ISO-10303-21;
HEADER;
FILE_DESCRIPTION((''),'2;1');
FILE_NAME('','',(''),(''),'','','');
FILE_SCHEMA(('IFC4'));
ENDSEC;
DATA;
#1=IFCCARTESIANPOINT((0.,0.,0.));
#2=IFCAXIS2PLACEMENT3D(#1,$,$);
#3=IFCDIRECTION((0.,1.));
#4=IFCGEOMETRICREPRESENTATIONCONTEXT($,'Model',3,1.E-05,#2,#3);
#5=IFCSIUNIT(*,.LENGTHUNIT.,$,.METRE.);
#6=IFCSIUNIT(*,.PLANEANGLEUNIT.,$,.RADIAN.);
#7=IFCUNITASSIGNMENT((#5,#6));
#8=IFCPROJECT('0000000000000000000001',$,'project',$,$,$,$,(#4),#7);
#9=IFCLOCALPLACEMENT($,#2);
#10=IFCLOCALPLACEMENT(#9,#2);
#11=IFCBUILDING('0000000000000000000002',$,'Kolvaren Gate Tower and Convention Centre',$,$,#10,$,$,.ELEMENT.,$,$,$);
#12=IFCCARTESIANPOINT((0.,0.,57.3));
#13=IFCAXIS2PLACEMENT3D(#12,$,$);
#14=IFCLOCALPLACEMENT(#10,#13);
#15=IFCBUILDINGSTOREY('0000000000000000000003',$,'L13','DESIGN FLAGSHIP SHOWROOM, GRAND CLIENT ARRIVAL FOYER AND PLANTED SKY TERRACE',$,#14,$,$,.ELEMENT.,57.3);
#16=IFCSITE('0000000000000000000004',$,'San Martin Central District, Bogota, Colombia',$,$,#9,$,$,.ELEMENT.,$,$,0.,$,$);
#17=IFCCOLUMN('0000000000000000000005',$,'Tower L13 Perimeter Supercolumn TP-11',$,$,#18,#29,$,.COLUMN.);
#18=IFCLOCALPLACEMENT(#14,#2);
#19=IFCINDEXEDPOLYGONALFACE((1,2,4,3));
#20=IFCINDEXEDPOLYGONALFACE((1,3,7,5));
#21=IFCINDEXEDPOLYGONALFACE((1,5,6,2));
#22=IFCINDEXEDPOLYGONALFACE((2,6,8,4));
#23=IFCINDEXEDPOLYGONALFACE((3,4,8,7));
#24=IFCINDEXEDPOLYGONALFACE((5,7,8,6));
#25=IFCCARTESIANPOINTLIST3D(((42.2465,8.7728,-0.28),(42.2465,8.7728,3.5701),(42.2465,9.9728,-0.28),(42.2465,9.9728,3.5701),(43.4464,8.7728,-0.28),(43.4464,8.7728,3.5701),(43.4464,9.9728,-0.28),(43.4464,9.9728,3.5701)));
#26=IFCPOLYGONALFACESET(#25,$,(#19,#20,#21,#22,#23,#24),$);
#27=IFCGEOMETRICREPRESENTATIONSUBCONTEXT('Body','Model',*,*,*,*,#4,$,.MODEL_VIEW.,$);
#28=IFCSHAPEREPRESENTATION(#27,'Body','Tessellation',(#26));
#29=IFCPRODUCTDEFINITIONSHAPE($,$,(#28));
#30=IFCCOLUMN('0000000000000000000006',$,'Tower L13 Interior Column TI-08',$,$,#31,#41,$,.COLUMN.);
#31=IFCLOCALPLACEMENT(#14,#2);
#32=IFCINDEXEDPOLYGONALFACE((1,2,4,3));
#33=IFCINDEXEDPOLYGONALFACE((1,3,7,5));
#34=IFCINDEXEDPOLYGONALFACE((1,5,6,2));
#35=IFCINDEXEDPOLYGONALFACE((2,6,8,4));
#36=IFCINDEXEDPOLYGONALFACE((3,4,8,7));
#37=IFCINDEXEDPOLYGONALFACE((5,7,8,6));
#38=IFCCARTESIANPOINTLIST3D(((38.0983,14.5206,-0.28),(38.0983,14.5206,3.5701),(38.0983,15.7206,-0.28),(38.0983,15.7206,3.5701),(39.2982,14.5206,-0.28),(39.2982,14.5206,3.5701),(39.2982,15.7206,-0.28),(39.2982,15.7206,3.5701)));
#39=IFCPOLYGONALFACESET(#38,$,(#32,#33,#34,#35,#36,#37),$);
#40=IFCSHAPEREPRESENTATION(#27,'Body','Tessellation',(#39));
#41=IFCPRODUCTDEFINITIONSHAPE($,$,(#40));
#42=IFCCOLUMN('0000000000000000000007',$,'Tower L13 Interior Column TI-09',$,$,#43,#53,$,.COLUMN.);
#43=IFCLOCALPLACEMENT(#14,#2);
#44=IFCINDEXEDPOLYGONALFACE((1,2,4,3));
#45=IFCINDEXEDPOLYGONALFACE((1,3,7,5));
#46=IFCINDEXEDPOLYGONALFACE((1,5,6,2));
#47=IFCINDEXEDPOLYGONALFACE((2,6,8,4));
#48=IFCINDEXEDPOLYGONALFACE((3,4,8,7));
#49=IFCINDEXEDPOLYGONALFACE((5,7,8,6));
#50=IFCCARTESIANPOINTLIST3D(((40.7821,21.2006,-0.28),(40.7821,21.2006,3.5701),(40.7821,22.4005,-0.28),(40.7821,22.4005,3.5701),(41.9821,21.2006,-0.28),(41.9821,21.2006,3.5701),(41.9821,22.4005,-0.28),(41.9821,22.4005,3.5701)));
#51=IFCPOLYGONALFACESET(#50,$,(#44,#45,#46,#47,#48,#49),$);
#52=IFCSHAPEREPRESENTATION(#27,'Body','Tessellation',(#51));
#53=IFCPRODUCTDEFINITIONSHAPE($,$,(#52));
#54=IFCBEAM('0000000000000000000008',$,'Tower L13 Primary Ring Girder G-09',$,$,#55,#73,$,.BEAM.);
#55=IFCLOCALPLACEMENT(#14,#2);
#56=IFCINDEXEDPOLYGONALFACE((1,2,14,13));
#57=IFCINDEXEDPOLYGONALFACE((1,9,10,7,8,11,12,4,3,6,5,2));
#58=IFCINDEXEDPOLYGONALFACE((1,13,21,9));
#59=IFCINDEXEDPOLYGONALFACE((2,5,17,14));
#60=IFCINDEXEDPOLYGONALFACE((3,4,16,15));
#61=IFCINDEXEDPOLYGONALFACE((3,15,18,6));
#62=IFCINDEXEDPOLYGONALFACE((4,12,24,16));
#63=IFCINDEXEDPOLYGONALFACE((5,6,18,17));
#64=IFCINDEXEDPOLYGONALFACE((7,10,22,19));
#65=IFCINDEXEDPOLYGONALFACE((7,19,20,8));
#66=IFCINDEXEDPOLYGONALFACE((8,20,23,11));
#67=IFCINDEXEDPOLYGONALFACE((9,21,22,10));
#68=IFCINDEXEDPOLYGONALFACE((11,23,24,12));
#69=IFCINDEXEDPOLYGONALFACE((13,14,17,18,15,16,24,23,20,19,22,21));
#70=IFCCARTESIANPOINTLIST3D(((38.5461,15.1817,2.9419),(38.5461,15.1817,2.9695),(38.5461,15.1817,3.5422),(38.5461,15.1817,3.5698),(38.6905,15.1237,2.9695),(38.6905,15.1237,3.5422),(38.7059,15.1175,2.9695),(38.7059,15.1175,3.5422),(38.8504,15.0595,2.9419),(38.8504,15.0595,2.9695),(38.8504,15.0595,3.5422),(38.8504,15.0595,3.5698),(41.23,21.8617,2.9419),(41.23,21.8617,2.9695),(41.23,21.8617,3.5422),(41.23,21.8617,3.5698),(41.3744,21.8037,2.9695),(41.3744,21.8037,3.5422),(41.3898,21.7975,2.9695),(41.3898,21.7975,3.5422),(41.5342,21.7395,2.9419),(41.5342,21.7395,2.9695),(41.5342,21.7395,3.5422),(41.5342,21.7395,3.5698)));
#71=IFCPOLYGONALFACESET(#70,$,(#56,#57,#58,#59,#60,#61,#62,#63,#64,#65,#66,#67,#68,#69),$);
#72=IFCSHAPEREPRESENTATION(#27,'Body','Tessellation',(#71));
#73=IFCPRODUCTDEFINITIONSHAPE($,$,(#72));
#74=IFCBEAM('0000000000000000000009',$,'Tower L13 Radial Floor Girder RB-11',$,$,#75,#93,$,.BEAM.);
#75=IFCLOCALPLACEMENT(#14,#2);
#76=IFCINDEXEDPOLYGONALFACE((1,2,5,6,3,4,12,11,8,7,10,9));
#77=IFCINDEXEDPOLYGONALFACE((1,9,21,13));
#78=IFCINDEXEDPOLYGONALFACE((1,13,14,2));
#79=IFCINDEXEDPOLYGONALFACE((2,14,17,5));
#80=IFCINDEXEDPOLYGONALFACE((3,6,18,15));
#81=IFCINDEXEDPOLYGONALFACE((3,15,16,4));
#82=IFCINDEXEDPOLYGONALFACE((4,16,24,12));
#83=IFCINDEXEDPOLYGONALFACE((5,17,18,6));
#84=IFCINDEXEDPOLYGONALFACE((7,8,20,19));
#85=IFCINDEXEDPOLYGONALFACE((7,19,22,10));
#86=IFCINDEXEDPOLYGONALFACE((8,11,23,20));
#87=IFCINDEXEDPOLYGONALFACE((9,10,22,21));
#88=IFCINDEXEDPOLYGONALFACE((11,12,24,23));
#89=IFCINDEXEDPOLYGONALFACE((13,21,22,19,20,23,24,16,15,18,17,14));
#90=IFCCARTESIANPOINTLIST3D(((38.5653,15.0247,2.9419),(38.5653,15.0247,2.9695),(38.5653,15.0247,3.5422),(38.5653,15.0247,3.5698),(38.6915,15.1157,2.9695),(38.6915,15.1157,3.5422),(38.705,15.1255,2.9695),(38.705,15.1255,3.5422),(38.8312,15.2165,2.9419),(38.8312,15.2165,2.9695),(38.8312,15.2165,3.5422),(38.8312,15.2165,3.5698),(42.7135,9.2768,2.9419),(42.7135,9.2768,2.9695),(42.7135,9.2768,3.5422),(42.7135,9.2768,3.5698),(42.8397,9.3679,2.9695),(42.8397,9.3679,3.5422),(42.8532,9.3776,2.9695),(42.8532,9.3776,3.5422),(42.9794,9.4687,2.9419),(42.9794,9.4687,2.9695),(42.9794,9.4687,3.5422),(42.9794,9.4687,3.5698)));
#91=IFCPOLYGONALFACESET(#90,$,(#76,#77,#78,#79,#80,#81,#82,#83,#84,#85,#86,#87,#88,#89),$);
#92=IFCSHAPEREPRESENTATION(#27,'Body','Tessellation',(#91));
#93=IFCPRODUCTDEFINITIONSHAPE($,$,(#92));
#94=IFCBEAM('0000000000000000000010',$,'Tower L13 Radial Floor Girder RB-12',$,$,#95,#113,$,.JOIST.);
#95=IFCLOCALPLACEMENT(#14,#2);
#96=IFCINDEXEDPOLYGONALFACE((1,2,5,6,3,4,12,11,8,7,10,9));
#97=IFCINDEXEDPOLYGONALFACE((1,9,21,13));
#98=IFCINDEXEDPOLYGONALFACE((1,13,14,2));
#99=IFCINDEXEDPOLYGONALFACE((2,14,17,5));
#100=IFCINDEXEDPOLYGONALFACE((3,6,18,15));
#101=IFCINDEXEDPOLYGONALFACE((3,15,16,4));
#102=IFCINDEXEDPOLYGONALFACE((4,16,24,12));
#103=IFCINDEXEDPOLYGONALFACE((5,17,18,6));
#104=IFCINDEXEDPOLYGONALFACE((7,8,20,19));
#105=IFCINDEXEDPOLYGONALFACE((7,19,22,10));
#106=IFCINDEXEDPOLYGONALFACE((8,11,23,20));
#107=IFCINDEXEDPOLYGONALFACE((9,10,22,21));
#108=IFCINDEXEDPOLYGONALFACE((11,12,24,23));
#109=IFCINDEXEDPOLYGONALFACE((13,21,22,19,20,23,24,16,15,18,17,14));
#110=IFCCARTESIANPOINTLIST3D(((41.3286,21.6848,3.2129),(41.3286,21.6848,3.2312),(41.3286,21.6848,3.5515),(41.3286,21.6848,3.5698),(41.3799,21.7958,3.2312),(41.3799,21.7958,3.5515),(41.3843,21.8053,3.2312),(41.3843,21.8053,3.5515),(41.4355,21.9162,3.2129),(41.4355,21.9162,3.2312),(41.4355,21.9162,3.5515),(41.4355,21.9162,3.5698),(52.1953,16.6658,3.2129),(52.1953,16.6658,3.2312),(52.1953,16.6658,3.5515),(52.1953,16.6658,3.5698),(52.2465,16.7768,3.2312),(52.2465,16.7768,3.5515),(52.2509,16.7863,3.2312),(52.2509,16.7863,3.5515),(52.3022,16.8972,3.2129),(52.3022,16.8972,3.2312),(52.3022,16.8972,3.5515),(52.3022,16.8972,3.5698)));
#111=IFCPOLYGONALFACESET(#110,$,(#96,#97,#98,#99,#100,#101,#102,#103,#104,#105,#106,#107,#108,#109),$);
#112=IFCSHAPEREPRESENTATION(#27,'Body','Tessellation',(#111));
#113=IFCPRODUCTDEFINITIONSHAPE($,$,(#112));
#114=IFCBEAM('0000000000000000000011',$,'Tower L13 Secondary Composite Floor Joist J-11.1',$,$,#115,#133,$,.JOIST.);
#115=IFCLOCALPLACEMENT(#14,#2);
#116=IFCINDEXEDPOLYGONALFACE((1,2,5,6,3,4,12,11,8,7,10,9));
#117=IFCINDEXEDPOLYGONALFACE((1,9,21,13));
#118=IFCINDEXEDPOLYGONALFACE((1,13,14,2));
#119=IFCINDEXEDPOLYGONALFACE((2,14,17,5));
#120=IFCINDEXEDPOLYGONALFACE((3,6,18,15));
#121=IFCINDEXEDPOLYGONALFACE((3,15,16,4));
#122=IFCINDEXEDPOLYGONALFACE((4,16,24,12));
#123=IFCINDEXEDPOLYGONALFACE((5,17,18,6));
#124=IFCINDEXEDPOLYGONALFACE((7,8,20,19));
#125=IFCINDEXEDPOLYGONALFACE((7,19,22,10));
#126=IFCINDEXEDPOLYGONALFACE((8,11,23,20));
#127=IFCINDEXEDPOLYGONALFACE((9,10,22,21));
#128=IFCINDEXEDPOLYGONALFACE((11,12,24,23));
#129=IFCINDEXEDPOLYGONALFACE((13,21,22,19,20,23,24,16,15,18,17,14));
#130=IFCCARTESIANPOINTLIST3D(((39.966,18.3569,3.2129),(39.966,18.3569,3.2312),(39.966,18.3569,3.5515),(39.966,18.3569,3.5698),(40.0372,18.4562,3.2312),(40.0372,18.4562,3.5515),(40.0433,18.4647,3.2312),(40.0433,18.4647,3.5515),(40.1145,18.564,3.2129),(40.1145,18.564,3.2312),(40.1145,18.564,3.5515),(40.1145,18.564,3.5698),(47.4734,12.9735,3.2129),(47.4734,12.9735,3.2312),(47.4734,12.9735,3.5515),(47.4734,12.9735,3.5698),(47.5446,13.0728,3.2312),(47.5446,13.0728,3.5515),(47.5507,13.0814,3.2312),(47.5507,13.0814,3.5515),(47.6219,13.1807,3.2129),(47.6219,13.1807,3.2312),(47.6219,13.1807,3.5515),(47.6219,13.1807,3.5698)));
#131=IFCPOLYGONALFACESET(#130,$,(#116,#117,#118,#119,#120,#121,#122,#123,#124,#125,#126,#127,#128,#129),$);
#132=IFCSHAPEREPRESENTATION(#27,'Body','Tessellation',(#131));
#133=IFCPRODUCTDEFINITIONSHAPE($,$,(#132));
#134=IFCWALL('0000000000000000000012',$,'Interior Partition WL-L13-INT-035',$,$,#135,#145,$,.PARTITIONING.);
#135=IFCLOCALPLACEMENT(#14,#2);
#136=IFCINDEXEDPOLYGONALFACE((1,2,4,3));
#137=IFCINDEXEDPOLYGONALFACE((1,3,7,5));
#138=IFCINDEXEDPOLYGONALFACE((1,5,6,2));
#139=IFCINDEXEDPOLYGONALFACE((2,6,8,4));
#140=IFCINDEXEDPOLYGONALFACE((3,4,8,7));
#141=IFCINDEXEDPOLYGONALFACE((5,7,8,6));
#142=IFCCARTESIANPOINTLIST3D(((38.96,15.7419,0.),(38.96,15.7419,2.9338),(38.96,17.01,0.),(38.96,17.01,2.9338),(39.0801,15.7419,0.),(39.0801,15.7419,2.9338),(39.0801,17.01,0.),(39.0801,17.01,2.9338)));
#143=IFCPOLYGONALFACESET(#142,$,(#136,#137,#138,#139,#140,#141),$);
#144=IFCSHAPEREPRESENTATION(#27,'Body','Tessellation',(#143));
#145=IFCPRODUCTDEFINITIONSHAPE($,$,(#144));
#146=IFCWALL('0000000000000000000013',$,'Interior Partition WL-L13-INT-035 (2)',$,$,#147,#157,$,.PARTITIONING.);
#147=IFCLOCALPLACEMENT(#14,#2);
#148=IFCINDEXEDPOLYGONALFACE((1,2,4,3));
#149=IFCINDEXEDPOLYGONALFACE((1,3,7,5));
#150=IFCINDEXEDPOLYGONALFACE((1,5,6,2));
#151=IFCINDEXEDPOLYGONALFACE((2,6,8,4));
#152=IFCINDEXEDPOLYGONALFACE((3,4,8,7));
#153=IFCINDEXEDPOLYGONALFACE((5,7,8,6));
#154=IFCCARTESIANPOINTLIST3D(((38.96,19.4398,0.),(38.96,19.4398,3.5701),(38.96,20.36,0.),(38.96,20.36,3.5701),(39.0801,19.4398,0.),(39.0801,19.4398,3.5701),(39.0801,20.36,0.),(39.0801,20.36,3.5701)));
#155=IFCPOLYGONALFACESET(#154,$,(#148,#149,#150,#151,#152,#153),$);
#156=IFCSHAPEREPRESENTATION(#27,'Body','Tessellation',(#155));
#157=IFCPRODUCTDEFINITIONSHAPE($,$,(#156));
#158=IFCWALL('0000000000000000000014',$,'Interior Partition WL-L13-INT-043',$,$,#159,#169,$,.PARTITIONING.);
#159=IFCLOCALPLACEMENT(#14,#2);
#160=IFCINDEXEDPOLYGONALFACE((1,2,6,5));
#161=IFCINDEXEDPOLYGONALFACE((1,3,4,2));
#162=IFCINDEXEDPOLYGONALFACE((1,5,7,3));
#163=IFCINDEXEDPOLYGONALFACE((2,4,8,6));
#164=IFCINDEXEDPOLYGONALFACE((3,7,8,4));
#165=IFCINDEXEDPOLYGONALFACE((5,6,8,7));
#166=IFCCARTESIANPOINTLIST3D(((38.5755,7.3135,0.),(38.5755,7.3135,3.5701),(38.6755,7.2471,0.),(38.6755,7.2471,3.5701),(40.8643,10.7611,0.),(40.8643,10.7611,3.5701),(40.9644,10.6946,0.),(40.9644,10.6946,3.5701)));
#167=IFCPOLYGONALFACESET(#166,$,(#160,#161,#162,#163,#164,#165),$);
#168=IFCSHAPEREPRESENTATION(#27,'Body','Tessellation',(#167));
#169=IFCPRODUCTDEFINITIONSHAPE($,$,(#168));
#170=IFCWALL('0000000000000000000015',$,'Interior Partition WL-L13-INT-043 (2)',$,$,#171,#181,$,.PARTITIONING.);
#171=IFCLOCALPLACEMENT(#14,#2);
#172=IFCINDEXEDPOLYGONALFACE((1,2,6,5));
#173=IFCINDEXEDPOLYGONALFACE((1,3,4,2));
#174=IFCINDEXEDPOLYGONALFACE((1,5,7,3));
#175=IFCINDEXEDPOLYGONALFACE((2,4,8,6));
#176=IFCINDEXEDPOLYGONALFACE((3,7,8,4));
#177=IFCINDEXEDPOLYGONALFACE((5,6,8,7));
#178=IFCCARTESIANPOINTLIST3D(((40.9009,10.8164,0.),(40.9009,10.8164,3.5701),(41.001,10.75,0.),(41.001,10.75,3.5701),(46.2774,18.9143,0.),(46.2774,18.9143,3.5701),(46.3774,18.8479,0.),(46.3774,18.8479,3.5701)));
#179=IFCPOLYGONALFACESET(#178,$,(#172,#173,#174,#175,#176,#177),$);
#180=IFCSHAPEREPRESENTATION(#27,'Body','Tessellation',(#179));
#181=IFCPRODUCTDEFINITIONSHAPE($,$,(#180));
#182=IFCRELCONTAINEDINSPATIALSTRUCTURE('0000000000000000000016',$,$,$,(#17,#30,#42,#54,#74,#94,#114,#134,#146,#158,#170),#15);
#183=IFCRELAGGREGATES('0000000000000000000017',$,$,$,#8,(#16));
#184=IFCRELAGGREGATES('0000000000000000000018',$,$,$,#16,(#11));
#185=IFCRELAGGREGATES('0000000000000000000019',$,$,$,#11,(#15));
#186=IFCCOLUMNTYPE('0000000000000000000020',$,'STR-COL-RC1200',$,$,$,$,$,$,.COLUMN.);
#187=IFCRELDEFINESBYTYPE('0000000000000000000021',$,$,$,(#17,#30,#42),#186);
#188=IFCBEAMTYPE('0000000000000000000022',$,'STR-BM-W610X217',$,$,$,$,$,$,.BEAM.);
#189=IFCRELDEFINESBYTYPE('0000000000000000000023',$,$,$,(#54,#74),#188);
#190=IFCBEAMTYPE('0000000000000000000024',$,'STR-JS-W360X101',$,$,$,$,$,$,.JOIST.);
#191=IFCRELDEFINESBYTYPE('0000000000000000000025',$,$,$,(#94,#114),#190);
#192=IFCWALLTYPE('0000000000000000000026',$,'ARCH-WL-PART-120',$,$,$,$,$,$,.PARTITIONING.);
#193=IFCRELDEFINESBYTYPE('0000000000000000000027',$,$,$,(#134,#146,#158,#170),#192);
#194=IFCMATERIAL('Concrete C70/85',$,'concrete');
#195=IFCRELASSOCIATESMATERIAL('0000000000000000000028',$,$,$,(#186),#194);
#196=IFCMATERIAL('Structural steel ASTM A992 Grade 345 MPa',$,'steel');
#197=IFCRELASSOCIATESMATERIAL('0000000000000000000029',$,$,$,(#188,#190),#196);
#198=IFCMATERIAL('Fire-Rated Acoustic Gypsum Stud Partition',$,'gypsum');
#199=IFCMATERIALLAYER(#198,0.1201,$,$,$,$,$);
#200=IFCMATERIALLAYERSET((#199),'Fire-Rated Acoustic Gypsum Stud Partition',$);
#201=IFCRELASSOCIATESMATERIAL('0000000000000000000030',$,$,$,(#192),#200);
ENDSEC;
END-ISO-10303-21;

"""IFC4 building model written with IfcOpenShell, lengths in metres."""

from ifc_helpers import new_model, si_unit, direction, frame, frame_2d, origin, origin_2d, place, context, subcontext, project, spatial, rectangle, i_section, extrude, material, layer, layer_set, material_profile, profile_set, type_object, element, save


model = new_model("IFC4")

# Units and contexts
model_context = context("Model", 3, precision=1e-05, world=origin(), true_north=direction((0.0, 1.0)))
body_context = subcontext(model_context, "Body", "Model", "MODEL_VIEW")
ifc_project = project(units=[si_unit("LENGTHUNIT", "METRE"), si_unit("PLANEANGLEUNIT", "RADIAN")], contexts=[model_context])

# Site, building, storey
site_placement = place(None, origin())
site = spatial("IfcSite", under=ifc_project, at=site_placement, Name="San Martin Central District, Bogota, Colombia", CompositionType="ELEMENT", RefElevation=0.0)
building_placement = place(site_placement, origin())
building = spatial("IfcBuilding", under=site, at=building_placement, Name="Kolvaren Gate Tower and Convention Centre", CompositionType="ELEMENT")
storey_placement = place(building_placement, frame((0.0, 0.0, 57.3)))
storey = spatial("IfcBuildingStorey", under=building, at=storey_placement, Name="L13", Description="DESIGN FLAGSHIP SHOWROOM, GRAND CLIENT ARRIVAL FOYER AND PLANTED SKY TERRACE", CompositionType="ELEMENT", Elevation=57.3)

# Columns
ifc_material_1 = material(Name="Concrete C70/85", Category="concrete")
ifc_material_profile_1 = material_profile(ifc_material_1, rectangle(XDim=1.2, YDim=1.2, at=origin_2d()), Name="RC-COL-1200X1200")
ifc_profile_set_1 = profile_set([ifc_material_profile_1], Name="Concrete C70/85")
column_type = type_object("IfcColumnType", Name="STR-COL-RC1200", PredefinedType="COLUMN", material=ifc_profile_set_1)
for number, where, z_axis, x_axis, name in (
    (1, (42.8464, 9.3728, -0.28), (0.0, 0.0, 1.0), (1.0, 0.0, 0.0), "Tower L13 Perimeter Supercolumn TP-11"),
    (2, (38.6982, 15.1206, -0.28), (0.0, 0.0, 1.0), (1.0, 0.0, 0.0), "Tower L13 Interior Column TI-08"),
    (3, (41.3821, 21.8005, -0.28), (0.0, 0.0, 1.0), (1.0, 0.0, 0.0), "Tower L13 Interior Column TI-09"),
):
    element("IfcColumn", number, at=place(storey_placement, frame(where, z_axis=z_axis, x_axis=x_axis)), inside=storey, type_object=column_type, Name=name, PredefinedType="COLUMN", context=body_context, shape_type="SweptSolid", body=[
        extrude(rectangle(XDim=1.2, YDim=1.2, at=origin_2d()), origin(), (0.0, 0.0, 1.0), 3.8501),
    ])

# Beams
ifc_material_2 = material(Name="Structural steel ASTM A992 Grade 345 MPa", Category="steel")
ifc_material_profile_2 = material_profile(ifc_material_2, i_section(OverallWidth=0.3279, OverallDepth=0.6279, WebThickness=0.0166, FlangeThickness=0.0276, at=origin_2d()), Name="W610X217")
ifc_profile_set_2 = profile_set([ifc_material_profile_2], Name="Structural steel ASTM A992 Grade 345 MPa")
beam_type_1 = type_object("IfcBeamType", Name="STR-BM-W610X217", PredefinedType="BEAM", material=ifc_profile_set_2)
beam_1_placement = place(storey_placement, frame((38.6982, 15.1206, 3.2559), z_axis=(0.372811, 0.927907, 0.0), x_axis=(-0.927907, 0.372811, 0.0)))
element("IfcBeam", 4, at=beam_1_placement, inside=storey, type_object=beam_type_1, Name="Tower L13 Primary Ring Girder G-09", PredefinedType="BEAM", context=body_context, shape_type="SweptSolid", body=[
    extrude(i_section(OverallWidth=0.3279, OverallDepth=0.6279, WebThickness=0.0166, FlangeThickness=0.0276, at=origin_2d()), origin(), (0.0, 0.0, 1.0), 7.199),
])
beam_2_placement = place(storey_placement, frame((38.6982, 15.1206, 3.2559), z_axis=(0.585213, -0.81088, 0.0), x_axis=(0.81088, 0.585213, 0.0)))
element("IfcBeam", 5, at=beam_2_placement, inside=storey, type_object=beam_type_1, Name="Tower L13 Radial Floor Girder RB-11", PredefinedType="BEAM", context=body_context, shape_type="SweptSolid", body=[
    extrude(i_section(OverallWidth=0.3279, OverallDepth=0.6279, WebThickness=0.0166, FlangeThickness=0.0276, at=origin_2d()), origin(), (0.0, 0.0, 1.0), 7.0884),
])
ifc_material_profile_3 = material_profile(ifc_material_2, i_section(OverallWidth=0.2549, OverallDepth=0.3569, WebThickness=0.0105, FlangeThickness=0.0183, at=origin_2d()), Name="W360X101")
ifc_profile_set_3 = profile_set([ifc_material_profile_3], Name="Structural steel ASTM A992 Grade 345 MPa")
beam_type_2 = type_object("IfcBeamType", Name="STR-JS-W360X101", PredefinedType="JOIST", material=ifc_profile_set_3)
beam_3_placement = place(storey_placement, frame((41.3821, 21.8005, 3.3914), z_axis=(0.907844, -0.419309, 0.0), x_axis=(0.419309, 0.907844, 0.0)))
element("IfcBeam", 6, at=beam_3_placement, inside=storey, type_object=beam_type_2, Name="Tower L13 Radial Floor Girder RB-12", PredefinedType="JOIST", context=body_context, shape_type="SweptSolid", body=[
    extrude(i_section(OverallWidth=0.2549, OverallDepth=0.3569, WebThickness=0.0105, FlangeThickness=0.0183, at=origin_2d()), origin(), (0.0, 0.0, 1.0), 11.9697),
])
beam_4_placement = place(storey_placement, frame((40.0403, 18.4604, 3.3914), z_axis=(0.812661, -0.582737, 0.0), x_axis=(0.582737, 0.812661, 0.0)))
element("IfcBeam", 7, at=beam_4_placement, inside=storey, type_object=beam_type_2, Name="Tower L13 Secondary Composite Floor Joist J-11.1", PredefinedType="JOIST", context=body_context, shape_type="SweptSolid", body=[
    extrude(i_section(OverallWidth=0.2549, OverallDepth=0.3569, WebThickness=0.0105, FlangeThickness=0.0183, at=origin_2d()), origin(), (0.0, 0.0, 1.0), 9.238),
])

# Walls
ifc_material_3 = material(Name="Fire-Rated Acoustic Gypsum Stud Partition", Category="gypsum")
ifc_layer_1 = layer(ifc_material_3, 0.1201)
ifc_layer_set_1 = layer_set([ifc_layer_1], Name="Fire-Rated Acoustic Gypsum Stud Partition")
wall_type_1 = type_object("IfcWallType", Name="ARCH-WL-PART-120", PredefinedType="PARTITIONING", material=ifc_layer_set_1)
wall_1_placement = place(storey_placement, frame((39.02, 15.7419, 0.0), z_axis=(0.0, 0.0, 1.0), x_axis=(0.0, 1.0, 0.0)))
element("IfcWall", 8, at=wall_1_placement, inside=storey, type_object=wall_type_1, Name="Interior Partition WL-L13-INT-035", PredefinedType="PARTITIONING", context=body_context, shape_type="SweptSolid", body=[
    extrude(rectangle(XDim=1.2681, YDim=0.1201, at=frame_2d((0.634, 0.0))), origin(), (0.0, 0.0, 1.0), 2.9338),
])
wall_2_placement = place(storey_placement, frame((39.02, 19.4399, 0.0), z_axis=(0.0, 0.0, 1.0), x_axis=(0.0, 1.0, 0.0)))
element("IfcWall", 9, at=wall_2_placement, inside=storey, type_object=wall_type_1, Name="Interior Partition WL-L13-INT-035 (2)", PredefinedType="PARTITIONING", context=body_context, shape_type="SweptSolid", body=[
    extrude(rectangle(XDim=0.9202, YDim=0.1201, at=frame_2d((0.46, 0.0))), origin(), (0.0, 0.0, 1.0), 3.5701),
])
wall_3_placement = place(storey_placement, frame((38.6255, 7.2803, 0.0), z_axis=(0.0, 0.0, 1.0), x_axis=(0.553106, 0.833111, 0.0)))
element("IfcWall", 10, at=wall_3_placement, inside=storey, type_object=wall_type_1, Name="Interior Partition WL-L13-INT-043", PredefinedType="PARTITIONING", context=body_context, shape_type="SweptSolid", body=[
    extrude(rectangle(XDim=4.1382, YDim=0.1201, at=frame_2d((2.0691, 0.0))), origin(), (0.0, 0.0, 1.0), 3.5701),
])
wall_4_placement = place(storey_placement, frame((40.9509, 10.7832, 0.0), z_axis=(0.0, 0.0, 1.0), x_axis=(0.553123, 0.8331, 0.0)))
element("IfcWall", 11, at=wall_4_placement, inside=storey, type_object=wall_type_1, Name="Interior Partition WL-L13-INT-043 (2)", PredefinedType="PARTITIONING", context=body_context, shape_type="SweptSolid", body=[
    extrude(rectangle(XDim=9.7202, YDim=0.1201, at=frame_2d((4.8601, 0.0))), origin(), (0.0, 0.0, 1.0), 3.5701),
])

save(model, "model.ifc")
